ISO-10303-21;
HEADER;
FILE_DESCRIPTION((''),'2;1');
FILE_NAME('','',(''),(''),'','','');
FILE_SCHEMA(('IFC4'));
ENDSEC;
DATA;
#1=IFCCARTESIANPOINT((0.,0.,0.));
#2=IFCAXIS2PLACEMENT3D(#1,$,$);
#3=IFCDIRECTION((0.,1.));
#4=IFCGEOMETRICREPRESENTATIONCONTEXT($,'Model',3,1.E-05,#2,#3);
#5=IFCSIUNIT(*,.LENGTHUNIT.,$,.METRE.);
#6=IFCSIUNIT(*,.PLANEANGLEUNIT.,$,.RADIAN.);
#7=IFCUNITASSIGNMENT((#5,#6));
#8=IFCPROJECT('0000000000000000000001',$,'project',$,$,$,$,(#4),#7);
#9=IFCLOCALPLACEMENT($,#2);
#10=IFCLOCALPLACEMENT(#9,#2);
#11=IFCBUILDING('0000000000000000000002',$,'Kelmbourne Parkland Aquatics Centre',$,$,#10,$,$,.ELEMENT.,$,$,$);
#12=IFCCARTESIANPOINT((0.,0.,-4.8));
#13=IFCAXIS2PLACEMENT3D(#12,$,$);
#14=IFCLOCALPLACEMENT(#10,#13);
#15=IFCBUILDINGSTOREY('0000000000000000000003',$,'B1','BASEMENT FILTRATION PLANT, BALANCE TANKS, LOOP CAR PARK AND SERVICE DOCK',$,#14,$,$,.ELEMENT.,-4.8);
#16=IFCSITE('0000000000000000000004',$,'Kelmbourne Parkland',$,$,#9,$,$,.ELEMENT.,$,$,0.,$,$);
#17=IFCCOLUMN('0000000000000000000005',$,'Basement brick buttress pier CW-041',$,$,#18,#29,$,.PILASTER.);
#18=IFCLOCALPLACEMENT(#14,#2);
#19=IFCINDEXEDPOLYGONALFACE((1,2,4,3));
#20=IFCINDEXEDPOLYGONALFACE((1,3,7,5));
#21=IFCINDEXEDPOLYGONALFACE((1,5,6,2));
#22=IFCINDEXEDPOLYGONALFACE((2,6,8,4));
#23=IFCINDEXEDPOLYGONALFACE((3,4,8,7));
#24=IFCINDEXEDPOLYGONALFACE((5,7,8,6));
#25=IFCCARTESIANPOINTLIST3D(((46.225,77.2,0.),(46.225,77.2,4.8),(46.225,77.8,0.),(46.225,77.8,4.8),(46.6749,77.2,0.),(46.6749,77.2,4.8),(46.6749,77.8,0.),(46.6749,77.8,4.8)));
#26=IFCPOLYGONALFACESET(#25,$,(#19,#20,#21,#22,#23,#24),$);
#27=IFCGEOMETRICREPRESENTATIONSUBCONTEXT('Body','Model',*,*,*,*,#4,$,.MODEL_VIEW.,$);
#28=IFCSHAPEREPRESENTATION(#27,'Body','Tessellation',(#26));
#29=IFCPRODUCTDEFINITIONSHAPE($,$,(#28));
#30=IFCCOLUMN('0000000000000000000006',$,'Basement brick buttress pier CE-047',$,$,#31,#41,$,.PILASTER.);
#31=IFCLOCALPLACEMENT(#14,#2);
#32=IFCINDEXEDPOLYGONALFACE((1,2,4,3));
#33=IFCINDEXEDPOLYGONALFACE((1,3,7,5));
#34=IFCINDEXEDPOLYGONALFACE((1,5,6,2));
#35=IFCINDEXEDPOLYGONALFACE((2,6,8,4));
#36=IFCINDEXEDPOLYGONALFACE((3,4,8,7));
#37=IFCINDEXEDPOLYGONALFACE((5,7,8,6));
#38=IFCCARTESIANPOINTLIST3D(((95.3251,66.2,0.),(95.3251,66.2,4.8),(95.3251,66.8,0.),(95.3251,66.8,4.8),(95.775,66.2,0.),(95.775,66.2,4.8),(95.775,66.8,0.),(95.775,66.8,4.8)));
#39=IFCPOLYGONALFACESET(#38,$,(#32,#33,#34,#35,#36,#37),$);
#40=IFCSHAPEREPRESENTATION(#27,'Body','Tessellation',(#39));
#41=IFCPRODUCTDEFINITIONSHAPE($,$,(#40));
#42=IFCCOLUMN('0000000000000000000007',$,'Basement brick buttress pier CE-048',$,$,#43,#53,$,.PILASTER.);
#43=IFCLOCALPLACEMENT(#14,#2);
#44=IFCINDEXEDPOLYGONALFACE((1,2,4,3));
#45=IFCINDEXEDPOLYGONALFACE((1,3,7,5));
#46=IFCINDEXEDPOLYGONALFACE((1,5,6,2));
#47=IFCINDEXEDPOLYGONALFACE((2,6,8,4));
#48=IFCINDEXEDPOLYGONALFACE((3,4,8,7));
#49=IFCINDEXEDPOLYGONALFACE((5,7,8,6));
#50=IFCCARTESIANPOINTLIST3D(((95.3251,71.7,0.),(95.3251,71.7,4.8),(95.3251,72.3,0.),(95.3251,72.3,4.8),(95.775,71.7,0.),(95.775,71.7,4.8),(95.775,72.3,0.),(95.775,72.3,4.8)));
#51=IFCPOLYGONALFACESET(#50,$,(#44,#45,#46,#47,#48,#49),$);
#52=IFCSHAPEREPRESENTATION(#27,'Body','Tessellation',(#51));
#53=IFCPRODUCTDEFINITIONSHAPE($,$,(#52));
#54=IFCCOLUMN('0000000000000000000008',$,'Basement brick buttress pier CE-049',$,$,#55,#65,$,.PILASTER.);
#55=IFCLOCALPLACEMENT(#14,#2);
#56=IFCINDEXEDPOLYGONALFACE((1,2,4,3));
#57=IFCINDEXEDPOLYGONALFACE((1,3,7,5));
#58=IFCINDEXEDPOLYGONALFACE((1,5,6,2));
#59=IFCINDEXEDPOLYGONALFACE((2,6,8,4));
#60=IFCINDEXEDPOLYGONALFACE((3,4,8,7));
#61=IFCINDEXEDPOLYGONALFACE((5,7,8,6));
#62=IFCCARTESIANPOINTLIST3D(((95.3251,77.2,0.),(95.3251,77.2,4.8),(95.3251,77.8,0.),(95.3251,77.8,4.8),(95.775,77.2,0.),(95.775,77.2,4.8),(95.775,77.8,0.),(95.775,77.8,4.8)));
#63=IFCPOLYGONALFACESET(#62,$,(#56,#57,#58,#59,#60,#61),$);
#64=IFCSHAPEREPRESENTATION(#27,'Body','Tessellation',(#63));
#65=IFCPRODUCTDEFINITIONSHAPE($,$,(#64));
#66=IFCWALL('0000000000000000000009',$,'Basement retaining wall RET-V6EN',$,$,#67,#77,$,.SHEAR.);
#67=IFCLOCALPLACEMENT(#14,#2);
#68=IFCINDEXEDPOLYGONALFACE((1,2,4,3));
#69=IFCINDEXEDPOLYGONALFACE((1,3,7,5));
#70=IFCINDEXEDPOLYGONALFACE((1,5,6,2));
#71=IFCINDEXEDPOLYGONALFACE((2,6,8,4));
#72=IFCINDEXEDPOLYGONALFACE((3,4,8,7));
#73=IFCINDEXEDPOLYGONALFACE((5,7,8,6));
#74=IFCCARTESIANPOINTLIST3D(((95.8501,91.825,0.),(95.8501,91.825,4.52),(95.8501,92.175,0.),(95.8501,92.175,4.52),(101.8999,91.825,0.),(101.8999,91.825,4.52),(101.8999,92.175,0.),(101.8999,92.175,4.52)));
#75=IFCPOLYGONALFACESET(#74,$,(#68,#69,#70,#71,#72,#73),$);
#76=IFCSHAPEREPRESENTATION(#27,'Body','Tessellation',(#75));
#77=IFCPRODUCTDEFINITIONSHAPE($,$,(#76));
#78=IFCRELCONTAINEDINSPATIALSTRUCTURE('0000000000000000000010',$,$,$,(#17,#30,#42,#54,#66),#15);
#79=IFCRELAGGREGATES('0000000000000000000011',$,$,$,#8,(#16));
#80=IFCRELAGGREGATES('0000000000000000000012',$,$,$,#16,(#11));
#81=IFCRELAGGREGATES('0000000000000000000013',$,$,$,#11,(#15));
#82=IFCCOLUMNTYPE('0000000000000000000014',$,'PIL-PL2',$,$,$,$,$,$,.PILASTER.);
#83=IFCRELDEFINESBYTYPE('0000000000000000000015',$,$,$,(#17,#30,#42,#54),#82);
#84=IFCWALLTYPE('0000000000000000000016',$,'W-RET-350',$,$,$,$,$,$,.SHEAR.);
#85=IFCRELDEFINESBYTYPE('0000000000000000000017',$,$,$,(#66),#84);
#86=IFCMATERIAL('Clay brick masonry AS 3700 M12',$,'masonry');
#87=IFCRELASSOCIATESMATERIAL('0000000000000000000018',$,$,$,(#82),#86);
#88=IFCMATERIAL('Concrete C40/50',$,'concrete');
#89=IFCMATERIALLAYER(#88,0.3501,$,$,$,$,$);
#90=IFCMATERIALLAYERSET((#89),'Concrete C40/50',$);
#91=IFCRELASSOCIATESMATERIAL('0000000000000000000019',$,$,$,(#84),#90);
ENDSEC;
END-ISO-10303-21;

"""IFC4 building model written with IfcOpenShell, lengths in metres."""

from ifc_helpers import new_model, si_unit, direction, frame, frame_2d, origin, origin_2d, place, context, subcontext, project, spatial, rectangle, extrude, material, layer, layer_set, material_profile, profile_set, type_object, element, save


model = new_model("IFC4")

# Units and contexts
model_context = context("Model", 3, precision=1e-05, world=origin(), true_north=direction((0.0, 1.0)))
body_context = subcontext(model_context, "Body", "Model", "MODEL_VIEW")
ifc_project = project(units=[si_unit("LENGTHUNIT", "METRE"), si_unit("PLANEANGLEUNIT", "RADIAN")], contexts=[model_context])

# Site, building, storey
site_placement = place(None, origin())
site = spatial("IfcSite", under=ifc_project, at=site_placement, Name="Kelmbourne Parkland", CompositionType="ELEMENT", RefElevation=0.0)
building_placement = place(site_placement, origin())
building = spatial("IfcBuilding", under=site, at=building_placement, Name="Kelmbourne Parkland Aquatics Centre", CompositionType="ELEMENT")
storey_placement = place(building_placement, frame((0.0, 0.0, -4.8)))
storey = spatial("IfcBuildingStorey", under=building, at=storey_placement, Name="B1", Description="BASEMENT FILTRATION PLANT, BALANCE TANKS, LOOP CAR PARK AND SERVICE DOCK", CompositionType="ELEMENT", Elevation=-4.8)

# Columns
ifc_material_1 = material(Name="Concrete C40/50", Category="concrete")
ifc_material_2 = material(Name="Clay brick masonry AS 3700 M12", Category="masonry")
ifc_material_profile_1 = material_profile(ifc_material_2, rectangle(XDim=0.45, YDim=0.6001, at=origin_2d()), Name="PIL 450x600")
ifc_profile_set_1 = profile_set([ifc_material_profile_1], Name="Clay brick masonry AS 3700 M12")
column_type_1 = type_object("IfcColumnType", Name="PIL-PL2", PredefinedType="PILASTER", material=ifc_profile_set_1)
for number, where, z_axis, x_axis, name in (
    (1, (46.45, 77.5, 0.0), (0.0, 0.0, 1.0), (1.0, 0.0, 0.0), "Basement brick buttress pier CW-041"),
    (2, (95.55, 66.5, 0.0), (0.0, 0.0, 1.0), (1.0, 0.0, 0.0), "Basement brick buttress pier CE-047"),
    (3, (95.55, 72.0, 0.0), (0.0, 0.0, 1.0), (1.0, 0.0, 0.0), "Basement brick buttress pier CE-048"),
    (4, (95.55, 77.5, 0.0), (0.0, 0.0, 1.0), (1.0, 0.0, 0.0), "Basement brick buttress pier CE-049"),
):
    element("IfcColumn", number, at=place(storey_placement, frame(where, z_axis=z_axis, x_axis=x_axis)), inside=storey, type_object=column_type_1, Name=name, PredefinedType="PILASTER", context=body_context, shape_type="SweptSolid", body=[
        extrude(rectangle(XDim=0.45, YDim=0.6001, at=origin_2d()), origin(), (0.0, 0.0, 1.0), 4.8),
    ])

# Wall
ifc_layer = layer(ifc_material_1, 0.3501)
ifc_layer_set = layer_set([ifc_layer], Name="Concrete C40/50")
wall_type = type_object("IfcWallType", Name="W-RET-350", PredefinedType="SHEAR", material=ifc_layer_set)
wall_placement = place(storey_placement, frame((95.8501, 92.0, 0.0), z_axis=(0.0, 0.0, 1.0), x_axis=(1.0, 0.0, 0.0)))
element("IfcWall", 5, at=wall_placement, inside=storey, type_object=wall_type, Name="Basement retaining wall RET-V6EN", PredefinedType="SHEAR", context=body_context, shape_type="SweptSolid", body=[
    extrude(rectangle(XDim=6.0498, YDim=0.3501, at=frame_2d((3.0249, 0.0))), origin(), (0.0, 0.0, 1.0), 4.52),
])

save(model, "model.ifc")
